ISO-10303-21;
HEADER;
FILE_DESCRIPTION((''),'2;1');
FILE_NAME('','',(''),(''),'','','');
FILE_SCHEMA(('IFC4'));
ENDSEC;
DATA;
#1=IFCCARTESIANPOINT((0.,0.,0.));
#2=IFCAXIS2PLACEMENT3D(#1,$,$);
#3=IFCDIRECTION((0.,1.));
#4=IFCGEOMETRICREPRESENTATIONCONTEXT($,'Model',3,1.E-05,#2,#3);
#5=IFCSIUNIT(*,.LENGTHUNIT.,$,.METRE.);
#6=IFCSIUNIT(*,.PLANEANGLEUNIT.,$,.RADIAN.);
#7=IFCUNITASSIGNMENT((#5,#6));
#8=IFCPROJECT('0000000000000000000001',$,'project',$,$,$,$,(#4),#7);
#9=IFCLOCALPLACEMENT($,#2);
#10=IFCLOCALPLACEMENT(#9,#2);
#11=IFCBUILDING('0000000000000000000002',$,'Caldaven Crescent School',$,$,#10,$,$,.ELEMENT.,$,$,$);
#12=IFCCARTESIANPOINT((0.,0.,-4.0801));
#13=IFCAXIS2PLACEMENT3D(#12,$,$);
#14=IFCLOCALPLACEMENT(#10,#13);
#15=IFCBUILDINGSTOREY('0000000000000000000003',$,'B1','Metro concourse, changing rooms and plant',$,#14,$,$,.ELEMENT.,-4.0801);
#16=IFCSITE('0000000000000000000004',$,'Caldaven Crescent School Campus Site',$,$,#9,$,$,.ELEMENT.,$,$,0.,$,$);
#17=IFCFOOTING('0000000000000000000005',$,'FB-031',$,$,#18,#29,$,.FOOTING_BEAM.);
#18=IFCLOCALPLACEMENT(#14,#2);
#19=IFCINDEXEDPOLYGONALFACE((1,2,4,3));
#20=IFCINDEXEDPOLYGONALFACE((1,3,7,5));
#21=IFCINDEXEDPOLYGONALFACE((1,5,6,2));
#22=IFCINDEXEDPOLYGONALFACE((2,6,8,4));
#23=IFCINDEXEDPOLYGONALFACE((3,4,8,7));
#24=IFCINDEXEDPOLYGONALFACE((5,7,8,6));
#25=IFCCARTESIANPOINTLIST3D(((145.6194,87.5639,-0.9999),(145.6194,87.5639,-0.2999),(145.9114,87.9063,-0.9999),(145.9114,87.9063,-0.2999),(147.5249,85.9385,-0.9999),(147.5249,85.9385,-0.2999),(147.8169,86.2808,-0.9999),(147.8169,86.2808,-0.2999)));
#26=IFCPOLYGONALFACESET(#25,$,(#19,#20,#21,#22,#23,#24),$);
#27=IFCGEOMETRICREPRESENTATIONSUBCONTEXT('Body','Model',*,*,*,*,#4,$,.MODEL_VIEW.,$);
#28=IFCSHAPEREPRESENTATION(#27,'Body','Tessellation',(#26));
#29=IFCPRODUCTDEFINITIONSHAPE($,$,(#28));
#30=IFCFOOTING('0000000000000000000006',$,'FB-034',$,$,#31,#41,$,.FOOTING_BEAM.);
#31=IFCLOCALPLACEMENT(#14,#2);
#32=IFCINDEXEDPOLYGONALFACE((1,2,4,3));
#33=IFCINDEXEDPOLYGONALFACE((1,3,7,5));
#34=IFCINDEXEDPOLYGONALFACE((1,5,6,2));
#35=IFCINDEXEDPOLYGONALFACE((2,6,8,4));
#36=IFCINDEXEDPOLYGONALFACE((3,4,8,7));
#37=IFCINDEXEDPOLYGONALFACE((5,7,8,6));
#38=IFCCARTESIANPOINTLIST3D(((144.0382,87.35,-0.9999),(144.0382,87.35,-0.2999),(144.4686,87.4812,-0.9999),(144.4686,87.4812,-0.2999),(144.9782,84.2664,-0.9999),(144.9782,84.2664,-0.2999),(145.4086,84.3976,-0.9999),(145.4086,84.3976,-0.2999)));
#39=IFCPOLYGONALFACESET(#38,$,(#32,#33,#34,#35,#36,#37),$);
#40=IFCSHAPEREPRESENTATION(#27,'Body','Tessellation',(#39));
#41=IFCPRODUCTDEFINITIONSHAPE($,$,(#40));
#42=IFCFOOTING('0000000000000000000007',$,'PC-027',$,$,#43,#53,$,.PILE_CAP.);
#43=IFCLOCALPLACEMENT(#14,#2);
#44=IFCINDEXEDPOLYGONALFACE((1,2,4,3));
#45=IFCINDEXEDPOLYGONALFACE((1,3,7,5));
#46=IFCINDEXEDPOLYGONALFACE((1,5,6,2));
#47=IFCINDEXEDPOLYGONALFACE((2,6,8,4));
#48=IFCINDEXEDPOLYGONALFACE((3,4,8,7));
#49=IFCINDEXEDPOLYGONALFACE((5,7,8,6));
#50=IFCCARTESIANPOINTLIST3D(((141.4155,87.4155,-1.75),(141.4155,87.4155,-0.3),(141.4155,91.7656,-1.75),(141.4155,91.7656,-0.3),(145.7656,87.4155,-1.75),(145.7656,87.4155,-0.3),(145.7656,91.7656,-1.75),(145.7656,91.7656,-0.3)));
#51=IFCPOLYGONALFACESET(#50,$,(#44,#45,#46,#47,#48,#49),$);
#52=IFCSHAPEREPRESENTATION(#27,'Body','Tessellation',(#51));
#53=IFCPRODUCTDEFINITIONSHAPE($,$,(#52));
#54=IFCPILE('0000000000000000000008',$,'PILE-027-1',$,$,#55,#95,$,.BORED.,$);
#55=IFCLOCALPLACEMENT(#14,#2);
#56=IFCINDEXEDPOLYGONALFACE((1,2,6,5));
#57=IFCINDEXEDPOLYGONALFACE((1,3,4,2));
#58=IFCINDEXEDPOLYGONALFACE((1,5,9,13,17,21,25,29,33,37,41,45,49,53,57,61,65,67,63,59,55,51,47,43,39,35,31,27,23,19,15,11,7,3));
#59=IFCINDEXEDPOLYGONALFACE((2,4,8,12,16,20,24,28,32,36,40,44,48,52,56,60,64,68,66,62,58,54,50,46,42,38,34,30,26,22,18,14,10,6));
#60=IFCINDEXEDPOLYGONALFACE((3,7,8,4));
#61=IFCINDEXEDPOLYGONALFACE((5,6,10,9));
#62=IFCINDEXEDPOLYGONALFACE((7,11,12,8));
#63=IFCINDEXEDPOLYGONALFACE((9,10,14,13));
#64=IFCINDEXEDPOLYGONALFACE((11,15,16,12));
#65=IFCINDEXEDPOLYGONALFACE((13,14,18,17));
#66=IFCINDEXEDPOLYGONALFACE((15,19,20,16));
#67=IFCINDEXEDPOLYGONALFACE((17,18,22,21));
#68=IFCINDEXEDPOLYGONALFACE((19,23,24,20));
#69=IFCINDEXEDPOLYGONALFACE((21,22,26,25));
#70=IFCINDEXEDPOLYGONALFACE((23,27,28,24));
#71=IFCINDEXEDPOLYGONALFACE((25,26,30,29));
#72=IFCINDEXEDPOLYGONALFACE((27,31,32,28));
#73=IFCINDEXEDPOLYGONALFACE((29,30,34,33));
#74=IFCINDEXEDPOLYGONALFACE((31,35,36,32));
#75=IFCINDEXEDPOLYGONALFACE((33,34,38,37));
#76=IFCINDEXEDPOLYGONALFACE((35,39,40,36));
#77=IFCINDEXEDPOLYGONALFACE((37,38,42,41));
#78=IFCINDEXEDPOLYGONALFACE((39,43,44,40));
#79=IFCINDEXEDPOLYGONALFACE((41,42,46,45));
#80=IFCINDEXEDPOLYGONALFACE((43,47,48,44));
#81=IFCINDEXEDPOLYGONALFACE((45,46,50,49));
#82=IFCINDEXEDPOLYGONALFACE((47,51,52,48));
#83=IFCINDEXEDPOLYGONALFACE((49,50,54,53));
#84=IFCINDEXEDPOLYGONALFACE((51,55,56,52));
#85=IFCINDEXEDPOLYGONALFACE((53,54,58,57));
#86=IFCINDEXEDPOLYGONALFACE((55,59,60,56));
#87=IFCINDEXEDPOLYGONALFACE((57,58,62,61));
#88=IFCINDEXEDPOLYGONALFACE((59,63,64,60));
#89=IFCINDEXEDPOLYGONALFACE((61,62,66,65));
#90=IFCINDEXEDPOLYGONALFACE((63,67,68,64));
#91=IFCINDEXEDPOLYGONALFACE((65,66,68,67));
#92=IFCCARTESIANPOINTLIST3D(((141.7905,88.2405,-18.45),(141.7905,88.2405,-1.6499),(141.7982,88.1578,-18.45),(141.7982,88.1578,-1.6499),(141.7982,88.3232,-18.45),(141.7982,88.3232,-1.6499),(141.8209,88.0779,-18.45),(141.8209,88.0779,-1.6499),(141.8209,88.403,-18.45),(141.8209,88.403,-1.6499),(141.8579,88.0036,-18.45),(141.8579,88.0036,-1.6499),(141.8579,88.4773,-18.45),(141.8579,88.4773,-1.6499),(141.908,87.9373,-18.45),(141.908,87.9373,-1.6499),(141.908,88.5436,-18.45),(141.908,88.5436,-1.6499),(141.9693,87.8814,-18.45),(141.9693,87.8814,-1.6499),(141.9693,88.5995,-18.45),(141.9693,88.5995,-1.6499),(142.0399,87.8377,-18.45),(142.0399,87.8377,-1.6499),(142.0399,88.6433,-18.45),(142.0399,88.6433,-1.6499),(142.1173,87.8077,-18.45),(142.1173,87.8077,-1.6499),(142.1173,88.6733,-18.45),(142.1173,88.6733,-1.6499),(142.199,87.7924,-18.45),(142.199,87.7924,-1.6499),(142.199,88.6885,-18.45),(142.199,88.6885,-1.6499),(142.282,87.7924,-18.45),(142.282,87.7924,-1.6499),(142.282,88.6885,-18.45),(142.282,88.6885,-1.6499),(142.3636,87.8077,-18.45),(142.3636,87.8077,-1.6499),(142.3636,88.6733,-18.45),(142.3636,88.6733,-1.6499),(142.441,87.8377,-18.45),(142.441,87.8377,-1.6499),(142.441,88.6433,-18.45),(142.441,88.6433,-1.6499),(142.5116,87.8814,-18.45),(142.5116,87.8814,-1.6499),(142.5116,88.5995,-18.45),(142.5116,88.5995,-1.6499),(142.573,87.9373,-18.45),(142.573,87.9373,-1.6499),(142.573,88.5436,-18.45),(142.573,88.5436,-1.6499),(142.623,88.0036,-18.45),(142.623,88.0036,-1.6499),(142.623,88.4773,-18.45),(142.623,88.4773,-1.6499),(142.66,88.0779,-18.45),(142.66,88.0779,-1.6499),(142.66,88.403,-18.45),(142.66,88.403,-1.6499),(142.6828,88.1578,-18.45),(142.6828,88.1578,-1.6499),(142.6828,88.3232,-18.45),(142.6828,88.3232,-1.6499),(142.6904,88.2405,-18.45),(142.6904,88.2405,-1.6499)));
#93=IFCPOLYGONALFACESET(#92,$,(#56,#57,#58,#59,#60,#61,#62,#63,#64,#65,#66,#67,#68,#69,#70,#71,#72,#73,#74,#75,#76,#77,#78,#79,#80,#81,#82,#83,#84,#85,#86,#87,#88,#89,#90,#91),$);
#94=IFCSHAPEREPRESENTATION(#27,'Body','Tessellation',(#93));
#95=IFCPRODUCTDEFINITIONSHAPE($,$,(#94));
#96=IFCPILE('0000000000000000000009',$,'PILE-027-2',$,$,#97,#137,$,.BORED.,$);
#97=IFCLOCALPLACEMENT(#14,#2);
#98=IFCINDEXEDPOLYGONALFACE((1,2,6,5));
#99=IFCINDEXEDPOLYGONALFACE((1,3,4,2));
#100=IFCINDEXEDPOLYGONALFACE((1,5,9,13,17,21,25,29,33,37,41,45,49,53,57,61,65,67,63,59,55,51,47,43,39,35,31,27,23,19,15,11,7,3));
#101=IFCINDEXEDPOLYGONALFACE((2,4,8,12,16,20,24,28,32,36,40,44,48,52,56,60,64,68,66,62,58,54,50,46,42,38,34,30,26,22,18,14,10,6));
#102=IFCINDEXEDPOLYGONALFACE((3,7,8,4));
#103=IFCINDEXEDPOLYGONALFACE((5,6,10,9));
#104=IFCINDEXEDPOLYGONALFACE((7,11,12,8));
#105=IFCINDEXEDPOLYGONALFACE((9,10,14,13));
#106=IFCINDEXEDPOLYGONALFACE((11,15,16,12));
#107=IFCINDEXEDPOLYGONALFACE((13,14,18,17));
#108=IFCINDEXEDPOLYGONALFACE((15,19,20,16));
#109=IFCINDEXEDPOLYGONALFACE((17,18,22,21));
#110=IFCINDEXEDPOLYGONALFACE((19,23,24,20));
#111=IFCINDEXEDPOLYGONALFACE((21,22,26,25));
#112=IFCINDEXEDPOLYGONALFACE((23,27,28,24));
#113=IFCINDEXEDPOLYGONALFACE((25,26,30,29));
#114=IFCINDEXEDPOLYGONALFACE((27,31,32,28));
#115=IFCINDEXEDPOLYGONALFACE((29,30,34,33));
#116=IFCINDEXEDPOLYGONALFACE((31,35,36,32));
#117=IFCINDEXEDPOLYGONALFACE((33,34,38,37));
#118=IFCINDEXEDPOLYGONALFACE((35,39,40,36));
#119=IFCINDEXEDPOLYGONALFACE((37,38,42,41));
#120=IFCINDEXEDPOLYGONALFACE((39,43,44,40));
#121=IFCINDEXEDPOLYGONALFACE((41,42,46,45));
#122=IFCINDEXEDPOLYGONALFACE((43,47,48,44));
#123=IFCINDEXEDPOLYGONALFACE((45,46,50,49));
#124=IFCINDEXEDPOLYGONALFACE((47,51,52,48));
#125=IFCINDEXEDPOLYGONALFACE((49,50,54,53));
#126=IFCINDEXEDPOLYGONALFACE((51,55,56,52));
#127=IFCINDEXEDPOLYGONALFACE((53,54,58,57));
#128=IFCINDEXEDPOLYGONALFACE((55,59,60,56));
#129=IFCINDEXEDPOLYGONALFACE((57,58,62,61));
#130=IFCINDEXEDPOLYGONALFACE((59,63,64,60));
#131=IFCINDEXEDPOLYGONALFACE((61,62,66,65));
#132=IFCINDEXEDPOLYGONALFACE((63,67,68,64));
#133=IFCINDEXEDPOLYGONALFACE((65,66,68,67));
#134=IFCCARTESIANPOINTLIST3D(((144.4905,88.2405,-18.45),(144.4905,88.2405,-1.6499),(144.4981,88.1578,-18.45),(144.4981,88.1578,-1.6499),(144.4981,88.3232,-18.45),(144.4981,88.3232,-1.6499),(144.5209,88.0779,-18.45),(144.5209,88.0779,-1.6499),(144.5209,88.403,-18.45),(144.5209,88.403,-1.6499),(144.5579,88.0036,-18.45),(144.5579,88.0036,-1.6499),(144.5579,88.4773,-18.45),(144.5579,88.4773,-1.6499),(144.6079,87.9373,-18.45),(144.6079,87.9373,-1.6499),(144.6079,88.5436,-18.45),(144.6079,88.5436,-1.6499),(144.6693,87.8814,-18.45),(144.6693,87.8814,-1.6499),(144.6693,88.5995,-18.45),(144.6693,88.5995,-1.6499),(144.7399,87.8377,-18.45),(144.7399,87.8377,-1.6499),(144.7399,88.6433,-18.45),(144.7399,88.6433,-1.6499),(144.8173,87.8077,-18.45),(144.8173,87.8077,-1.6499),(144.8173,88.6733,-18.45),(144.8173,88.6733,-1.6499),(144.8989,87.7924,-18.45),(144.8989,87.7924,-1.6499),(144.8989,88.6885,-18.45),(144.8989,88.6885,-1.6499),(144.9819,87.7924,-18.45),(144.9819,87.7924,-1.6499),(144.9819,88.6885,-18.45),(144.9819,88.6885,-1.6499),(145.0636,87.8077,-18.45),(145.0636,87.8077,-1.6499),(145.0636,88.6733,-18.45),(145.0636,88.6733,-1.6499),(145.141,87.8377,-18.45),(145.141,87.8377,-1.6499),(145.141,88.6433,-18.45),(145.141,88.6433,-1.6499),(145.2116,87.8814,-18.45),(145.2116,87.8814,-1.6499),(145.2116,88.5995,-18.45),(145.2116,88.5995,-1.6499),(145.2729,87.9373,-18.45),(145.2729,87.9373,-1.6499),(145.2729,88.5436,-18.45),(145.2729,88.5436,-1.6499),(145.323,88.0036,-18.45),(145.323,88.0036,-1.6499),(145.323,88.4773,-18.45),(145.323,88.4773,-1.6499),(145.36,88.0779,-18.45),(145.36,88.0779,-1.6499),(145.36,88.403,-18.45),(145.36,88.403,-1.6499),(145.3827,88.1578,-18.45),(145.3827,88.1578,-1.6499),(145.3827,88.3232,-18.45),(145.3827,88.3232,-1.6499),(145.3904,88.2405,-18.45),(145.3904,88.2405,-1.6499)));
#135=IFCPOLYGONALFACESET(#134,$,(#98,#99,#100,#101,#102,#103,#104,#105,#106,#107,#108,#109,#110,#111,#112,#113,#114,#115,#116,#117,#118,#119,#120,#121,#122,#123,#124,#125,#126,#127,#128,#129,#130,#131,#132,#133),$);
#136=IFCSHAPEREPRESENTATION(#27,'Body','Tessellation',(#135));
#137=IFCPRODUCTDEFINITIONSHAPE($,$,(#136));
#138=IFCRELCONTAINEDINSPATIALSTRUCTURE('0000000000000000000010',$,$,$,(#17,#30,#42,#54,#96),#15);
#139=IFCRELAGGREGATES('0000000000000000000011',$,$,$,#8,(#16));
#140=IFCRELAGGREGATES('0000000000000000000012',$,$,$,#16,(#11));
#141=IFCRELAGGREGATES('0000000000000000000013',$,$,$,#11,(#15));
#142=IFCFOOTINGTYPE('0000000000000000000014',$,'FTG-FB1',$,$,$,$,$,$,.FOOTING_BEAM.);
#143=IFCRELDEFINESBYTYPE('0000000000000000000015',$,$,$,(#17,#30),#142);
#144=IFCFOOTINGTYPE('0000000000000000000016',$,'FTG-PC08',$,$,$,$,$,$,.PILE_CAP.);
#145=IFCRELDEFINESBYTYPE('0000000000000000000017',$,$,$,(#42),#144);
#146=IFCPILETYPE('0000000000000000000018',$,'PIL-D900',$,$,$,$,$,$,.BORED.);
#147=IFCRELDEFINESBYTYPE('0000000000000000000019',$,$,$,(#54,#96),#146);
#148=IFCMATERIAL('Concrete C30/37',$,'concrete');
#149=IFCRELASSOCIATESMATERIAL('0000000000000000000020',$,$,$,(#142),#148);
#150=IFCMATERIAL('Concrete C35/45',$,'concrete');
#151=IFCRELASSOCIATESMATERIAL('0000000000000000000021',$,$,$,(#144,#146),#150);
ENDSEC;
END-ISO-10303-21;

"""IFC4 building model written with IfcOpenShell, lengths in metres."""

from ifc_helpers import new_model, si_unit, direction, frame, origin, origin_2d, place, context, subcontext, project, spatial, rectangle, circle, extrude, material, material_profile, profile_set, type_object, element, save


model = new_model("IFC4")

# Units and contexts
model_context = context("Model", 3, precision=1e-05, world=origin(), true_north=direction((0.0, 1.0)))
body_context = subcontext(model_context, "Body", "Model", "MODEL_VIEW")
ifc_project = project(units=[si_unit("LENGTHUNIT", "METRE"), si_unit("PLANEANGLEUNIT", "RADIAN")], contexts=[model_context])

# Site, building, storey
site_placement = place(None, origin())
site = spatial("IfcSite", under=ifc_project, at=site_placement, Name="Caldaven Crescent School Campus Site", CompositionType="ELEMENT", RefElevation=0.0)
building_placement = place(site_placement, origin())
building = spatial("IfcBuilding", under=site, at=building_placement, Name="Caldaven Crescent School", CompositionType="ELEMENT")
storey_placement = place(building_placement, frame((0.0, 0.0, -4.0801)))
storey = spatial("IfcBuildingStorey", under=building, at=storey_placement, Name="B1", Description="Metro concourse, changing rooms and plant", CompositionType="ELEMENT", Elevation=-4.0801)

# Footings
ifc_material_1 = material(Name="Concrete C30/37", Category="concrete")
ifc_material_profile_1 = material_profile(ifc_material_1, rectangle(XDim=0.45, YDim=0.7, at=origin_2d()), Name="FB 450x700")
ifc_profile_set_1 = profile_set([ifc_material_profile_1], Name="Concrete C30/37")
footing_type_1 = type_object("IfcFootingType", Name="FTG-FB1", PredefinedType="FOOTING_BEAM", material=ifc_profile_set_1)
footing_1_placement = place(storey_placement, frame((145.7654, 87.7351, -0.6499), z_axis=(0.760796, -0.648991, 0.0), x_axis=(0.648991, 0.760796, 0.0)))
element("IfcFooting", 1, at=footing_1_placement, inside=storey, type_object=footing_type_1, Name="FB-031", PredefinedType="FOOTING_BEAM", context=body_context, shape_type="SweptSolid", body=[
    extrude(rectangle(XDim=0.45, YDim=0.7, at=origin_2d()), origin(), (0.0, 0.0, 1.0), 2.5046),
])
footing_2_placement = place(storey_placement, frame((145.1934, 84.332, -0.6499), z_axis=(-0.291584, 0.956545, 0.0), x_axis=(-0.956545, -0.291584, 0.0)))
element("IfcFooting", 2, at=footing_2_placement, inside=storey, type_object=footing_type_1, Name="FB-034", PredefinedType="FOOTING_BEAM", context=body_context, shape_type="SweptSolid", body=[
    extrude(rectangle(XDim=0.45, YDim=0.7, at=origin_2d()), origin(), (0.0, 0.0, 1.0), 3.2236),
])
ifc_material_2 = material(Name="Concrete C35/45", Category="concrete")
footing_type_2 = type_object("IfcFootingType", Name="FTG-PC08", PredefinedType="PILE_CAP", material=ifc_material_2)
footing_3_placement = place(storey_placement, frame((143.5906, 89.5906, -1.75), z_axis=(0.0, 0.0, 1.0), x_axis=(1.0, 0.0, 0.0)))
element("IfcFooting", 3, at=footing_3_placement, inside=storey, type_object=footing_type_2, Name="PC-027", PredefinedType="PILE_CAP", context=body_context, shape_type="SweptSolid", body=[
    extrude(rectangle(XDim=4.3501, YDim=4.3501, at=origin_2d()), origin(), (0.0, 0.0, 1.0), 1.45),
])

# Piles
ifc_material_profile_2 = material_profile(ifc_material_2, circle(Radius=0.45, at=origin_2d()), Name="PILE D900")
ifc_profile_set_2 = profile_set([ifc_material_profile_2], Name="Concrete C35/45")
pile_type = type_object("IfcPileType", Name="PIL-D900", PredefinedType="BORED", material=ifc_profile_set_2)
for number, where, z_axis, x_axis, name in (
    (4, (142.2405, 88.2405, -1.6499), (0.0, 0.0, -1.0), (1.0, 0.0, 0.0), "PILE-027-1"),
    (5, (144.9404, 88.2405, -1.6499), (0.0, 0.0, -1.0), (1.0, 0.0, 0.0), "PILE-027-2"),
):
    element("IfcPile", number, at=place(storey_placement, frame(where, z_axis=z_axis, x_axis=x_axis)), inside=storey, type_object=pile_type, Name=name, PredefinedType="BORED", context=body_context, shape_type="SweptSolid", body=[
        extrude(circle(Radius=0.45, at=origin_2d()), origin(), (0.0, 0.0, 1.0), 16.8),
    ])

save(model, "model.ifc")
